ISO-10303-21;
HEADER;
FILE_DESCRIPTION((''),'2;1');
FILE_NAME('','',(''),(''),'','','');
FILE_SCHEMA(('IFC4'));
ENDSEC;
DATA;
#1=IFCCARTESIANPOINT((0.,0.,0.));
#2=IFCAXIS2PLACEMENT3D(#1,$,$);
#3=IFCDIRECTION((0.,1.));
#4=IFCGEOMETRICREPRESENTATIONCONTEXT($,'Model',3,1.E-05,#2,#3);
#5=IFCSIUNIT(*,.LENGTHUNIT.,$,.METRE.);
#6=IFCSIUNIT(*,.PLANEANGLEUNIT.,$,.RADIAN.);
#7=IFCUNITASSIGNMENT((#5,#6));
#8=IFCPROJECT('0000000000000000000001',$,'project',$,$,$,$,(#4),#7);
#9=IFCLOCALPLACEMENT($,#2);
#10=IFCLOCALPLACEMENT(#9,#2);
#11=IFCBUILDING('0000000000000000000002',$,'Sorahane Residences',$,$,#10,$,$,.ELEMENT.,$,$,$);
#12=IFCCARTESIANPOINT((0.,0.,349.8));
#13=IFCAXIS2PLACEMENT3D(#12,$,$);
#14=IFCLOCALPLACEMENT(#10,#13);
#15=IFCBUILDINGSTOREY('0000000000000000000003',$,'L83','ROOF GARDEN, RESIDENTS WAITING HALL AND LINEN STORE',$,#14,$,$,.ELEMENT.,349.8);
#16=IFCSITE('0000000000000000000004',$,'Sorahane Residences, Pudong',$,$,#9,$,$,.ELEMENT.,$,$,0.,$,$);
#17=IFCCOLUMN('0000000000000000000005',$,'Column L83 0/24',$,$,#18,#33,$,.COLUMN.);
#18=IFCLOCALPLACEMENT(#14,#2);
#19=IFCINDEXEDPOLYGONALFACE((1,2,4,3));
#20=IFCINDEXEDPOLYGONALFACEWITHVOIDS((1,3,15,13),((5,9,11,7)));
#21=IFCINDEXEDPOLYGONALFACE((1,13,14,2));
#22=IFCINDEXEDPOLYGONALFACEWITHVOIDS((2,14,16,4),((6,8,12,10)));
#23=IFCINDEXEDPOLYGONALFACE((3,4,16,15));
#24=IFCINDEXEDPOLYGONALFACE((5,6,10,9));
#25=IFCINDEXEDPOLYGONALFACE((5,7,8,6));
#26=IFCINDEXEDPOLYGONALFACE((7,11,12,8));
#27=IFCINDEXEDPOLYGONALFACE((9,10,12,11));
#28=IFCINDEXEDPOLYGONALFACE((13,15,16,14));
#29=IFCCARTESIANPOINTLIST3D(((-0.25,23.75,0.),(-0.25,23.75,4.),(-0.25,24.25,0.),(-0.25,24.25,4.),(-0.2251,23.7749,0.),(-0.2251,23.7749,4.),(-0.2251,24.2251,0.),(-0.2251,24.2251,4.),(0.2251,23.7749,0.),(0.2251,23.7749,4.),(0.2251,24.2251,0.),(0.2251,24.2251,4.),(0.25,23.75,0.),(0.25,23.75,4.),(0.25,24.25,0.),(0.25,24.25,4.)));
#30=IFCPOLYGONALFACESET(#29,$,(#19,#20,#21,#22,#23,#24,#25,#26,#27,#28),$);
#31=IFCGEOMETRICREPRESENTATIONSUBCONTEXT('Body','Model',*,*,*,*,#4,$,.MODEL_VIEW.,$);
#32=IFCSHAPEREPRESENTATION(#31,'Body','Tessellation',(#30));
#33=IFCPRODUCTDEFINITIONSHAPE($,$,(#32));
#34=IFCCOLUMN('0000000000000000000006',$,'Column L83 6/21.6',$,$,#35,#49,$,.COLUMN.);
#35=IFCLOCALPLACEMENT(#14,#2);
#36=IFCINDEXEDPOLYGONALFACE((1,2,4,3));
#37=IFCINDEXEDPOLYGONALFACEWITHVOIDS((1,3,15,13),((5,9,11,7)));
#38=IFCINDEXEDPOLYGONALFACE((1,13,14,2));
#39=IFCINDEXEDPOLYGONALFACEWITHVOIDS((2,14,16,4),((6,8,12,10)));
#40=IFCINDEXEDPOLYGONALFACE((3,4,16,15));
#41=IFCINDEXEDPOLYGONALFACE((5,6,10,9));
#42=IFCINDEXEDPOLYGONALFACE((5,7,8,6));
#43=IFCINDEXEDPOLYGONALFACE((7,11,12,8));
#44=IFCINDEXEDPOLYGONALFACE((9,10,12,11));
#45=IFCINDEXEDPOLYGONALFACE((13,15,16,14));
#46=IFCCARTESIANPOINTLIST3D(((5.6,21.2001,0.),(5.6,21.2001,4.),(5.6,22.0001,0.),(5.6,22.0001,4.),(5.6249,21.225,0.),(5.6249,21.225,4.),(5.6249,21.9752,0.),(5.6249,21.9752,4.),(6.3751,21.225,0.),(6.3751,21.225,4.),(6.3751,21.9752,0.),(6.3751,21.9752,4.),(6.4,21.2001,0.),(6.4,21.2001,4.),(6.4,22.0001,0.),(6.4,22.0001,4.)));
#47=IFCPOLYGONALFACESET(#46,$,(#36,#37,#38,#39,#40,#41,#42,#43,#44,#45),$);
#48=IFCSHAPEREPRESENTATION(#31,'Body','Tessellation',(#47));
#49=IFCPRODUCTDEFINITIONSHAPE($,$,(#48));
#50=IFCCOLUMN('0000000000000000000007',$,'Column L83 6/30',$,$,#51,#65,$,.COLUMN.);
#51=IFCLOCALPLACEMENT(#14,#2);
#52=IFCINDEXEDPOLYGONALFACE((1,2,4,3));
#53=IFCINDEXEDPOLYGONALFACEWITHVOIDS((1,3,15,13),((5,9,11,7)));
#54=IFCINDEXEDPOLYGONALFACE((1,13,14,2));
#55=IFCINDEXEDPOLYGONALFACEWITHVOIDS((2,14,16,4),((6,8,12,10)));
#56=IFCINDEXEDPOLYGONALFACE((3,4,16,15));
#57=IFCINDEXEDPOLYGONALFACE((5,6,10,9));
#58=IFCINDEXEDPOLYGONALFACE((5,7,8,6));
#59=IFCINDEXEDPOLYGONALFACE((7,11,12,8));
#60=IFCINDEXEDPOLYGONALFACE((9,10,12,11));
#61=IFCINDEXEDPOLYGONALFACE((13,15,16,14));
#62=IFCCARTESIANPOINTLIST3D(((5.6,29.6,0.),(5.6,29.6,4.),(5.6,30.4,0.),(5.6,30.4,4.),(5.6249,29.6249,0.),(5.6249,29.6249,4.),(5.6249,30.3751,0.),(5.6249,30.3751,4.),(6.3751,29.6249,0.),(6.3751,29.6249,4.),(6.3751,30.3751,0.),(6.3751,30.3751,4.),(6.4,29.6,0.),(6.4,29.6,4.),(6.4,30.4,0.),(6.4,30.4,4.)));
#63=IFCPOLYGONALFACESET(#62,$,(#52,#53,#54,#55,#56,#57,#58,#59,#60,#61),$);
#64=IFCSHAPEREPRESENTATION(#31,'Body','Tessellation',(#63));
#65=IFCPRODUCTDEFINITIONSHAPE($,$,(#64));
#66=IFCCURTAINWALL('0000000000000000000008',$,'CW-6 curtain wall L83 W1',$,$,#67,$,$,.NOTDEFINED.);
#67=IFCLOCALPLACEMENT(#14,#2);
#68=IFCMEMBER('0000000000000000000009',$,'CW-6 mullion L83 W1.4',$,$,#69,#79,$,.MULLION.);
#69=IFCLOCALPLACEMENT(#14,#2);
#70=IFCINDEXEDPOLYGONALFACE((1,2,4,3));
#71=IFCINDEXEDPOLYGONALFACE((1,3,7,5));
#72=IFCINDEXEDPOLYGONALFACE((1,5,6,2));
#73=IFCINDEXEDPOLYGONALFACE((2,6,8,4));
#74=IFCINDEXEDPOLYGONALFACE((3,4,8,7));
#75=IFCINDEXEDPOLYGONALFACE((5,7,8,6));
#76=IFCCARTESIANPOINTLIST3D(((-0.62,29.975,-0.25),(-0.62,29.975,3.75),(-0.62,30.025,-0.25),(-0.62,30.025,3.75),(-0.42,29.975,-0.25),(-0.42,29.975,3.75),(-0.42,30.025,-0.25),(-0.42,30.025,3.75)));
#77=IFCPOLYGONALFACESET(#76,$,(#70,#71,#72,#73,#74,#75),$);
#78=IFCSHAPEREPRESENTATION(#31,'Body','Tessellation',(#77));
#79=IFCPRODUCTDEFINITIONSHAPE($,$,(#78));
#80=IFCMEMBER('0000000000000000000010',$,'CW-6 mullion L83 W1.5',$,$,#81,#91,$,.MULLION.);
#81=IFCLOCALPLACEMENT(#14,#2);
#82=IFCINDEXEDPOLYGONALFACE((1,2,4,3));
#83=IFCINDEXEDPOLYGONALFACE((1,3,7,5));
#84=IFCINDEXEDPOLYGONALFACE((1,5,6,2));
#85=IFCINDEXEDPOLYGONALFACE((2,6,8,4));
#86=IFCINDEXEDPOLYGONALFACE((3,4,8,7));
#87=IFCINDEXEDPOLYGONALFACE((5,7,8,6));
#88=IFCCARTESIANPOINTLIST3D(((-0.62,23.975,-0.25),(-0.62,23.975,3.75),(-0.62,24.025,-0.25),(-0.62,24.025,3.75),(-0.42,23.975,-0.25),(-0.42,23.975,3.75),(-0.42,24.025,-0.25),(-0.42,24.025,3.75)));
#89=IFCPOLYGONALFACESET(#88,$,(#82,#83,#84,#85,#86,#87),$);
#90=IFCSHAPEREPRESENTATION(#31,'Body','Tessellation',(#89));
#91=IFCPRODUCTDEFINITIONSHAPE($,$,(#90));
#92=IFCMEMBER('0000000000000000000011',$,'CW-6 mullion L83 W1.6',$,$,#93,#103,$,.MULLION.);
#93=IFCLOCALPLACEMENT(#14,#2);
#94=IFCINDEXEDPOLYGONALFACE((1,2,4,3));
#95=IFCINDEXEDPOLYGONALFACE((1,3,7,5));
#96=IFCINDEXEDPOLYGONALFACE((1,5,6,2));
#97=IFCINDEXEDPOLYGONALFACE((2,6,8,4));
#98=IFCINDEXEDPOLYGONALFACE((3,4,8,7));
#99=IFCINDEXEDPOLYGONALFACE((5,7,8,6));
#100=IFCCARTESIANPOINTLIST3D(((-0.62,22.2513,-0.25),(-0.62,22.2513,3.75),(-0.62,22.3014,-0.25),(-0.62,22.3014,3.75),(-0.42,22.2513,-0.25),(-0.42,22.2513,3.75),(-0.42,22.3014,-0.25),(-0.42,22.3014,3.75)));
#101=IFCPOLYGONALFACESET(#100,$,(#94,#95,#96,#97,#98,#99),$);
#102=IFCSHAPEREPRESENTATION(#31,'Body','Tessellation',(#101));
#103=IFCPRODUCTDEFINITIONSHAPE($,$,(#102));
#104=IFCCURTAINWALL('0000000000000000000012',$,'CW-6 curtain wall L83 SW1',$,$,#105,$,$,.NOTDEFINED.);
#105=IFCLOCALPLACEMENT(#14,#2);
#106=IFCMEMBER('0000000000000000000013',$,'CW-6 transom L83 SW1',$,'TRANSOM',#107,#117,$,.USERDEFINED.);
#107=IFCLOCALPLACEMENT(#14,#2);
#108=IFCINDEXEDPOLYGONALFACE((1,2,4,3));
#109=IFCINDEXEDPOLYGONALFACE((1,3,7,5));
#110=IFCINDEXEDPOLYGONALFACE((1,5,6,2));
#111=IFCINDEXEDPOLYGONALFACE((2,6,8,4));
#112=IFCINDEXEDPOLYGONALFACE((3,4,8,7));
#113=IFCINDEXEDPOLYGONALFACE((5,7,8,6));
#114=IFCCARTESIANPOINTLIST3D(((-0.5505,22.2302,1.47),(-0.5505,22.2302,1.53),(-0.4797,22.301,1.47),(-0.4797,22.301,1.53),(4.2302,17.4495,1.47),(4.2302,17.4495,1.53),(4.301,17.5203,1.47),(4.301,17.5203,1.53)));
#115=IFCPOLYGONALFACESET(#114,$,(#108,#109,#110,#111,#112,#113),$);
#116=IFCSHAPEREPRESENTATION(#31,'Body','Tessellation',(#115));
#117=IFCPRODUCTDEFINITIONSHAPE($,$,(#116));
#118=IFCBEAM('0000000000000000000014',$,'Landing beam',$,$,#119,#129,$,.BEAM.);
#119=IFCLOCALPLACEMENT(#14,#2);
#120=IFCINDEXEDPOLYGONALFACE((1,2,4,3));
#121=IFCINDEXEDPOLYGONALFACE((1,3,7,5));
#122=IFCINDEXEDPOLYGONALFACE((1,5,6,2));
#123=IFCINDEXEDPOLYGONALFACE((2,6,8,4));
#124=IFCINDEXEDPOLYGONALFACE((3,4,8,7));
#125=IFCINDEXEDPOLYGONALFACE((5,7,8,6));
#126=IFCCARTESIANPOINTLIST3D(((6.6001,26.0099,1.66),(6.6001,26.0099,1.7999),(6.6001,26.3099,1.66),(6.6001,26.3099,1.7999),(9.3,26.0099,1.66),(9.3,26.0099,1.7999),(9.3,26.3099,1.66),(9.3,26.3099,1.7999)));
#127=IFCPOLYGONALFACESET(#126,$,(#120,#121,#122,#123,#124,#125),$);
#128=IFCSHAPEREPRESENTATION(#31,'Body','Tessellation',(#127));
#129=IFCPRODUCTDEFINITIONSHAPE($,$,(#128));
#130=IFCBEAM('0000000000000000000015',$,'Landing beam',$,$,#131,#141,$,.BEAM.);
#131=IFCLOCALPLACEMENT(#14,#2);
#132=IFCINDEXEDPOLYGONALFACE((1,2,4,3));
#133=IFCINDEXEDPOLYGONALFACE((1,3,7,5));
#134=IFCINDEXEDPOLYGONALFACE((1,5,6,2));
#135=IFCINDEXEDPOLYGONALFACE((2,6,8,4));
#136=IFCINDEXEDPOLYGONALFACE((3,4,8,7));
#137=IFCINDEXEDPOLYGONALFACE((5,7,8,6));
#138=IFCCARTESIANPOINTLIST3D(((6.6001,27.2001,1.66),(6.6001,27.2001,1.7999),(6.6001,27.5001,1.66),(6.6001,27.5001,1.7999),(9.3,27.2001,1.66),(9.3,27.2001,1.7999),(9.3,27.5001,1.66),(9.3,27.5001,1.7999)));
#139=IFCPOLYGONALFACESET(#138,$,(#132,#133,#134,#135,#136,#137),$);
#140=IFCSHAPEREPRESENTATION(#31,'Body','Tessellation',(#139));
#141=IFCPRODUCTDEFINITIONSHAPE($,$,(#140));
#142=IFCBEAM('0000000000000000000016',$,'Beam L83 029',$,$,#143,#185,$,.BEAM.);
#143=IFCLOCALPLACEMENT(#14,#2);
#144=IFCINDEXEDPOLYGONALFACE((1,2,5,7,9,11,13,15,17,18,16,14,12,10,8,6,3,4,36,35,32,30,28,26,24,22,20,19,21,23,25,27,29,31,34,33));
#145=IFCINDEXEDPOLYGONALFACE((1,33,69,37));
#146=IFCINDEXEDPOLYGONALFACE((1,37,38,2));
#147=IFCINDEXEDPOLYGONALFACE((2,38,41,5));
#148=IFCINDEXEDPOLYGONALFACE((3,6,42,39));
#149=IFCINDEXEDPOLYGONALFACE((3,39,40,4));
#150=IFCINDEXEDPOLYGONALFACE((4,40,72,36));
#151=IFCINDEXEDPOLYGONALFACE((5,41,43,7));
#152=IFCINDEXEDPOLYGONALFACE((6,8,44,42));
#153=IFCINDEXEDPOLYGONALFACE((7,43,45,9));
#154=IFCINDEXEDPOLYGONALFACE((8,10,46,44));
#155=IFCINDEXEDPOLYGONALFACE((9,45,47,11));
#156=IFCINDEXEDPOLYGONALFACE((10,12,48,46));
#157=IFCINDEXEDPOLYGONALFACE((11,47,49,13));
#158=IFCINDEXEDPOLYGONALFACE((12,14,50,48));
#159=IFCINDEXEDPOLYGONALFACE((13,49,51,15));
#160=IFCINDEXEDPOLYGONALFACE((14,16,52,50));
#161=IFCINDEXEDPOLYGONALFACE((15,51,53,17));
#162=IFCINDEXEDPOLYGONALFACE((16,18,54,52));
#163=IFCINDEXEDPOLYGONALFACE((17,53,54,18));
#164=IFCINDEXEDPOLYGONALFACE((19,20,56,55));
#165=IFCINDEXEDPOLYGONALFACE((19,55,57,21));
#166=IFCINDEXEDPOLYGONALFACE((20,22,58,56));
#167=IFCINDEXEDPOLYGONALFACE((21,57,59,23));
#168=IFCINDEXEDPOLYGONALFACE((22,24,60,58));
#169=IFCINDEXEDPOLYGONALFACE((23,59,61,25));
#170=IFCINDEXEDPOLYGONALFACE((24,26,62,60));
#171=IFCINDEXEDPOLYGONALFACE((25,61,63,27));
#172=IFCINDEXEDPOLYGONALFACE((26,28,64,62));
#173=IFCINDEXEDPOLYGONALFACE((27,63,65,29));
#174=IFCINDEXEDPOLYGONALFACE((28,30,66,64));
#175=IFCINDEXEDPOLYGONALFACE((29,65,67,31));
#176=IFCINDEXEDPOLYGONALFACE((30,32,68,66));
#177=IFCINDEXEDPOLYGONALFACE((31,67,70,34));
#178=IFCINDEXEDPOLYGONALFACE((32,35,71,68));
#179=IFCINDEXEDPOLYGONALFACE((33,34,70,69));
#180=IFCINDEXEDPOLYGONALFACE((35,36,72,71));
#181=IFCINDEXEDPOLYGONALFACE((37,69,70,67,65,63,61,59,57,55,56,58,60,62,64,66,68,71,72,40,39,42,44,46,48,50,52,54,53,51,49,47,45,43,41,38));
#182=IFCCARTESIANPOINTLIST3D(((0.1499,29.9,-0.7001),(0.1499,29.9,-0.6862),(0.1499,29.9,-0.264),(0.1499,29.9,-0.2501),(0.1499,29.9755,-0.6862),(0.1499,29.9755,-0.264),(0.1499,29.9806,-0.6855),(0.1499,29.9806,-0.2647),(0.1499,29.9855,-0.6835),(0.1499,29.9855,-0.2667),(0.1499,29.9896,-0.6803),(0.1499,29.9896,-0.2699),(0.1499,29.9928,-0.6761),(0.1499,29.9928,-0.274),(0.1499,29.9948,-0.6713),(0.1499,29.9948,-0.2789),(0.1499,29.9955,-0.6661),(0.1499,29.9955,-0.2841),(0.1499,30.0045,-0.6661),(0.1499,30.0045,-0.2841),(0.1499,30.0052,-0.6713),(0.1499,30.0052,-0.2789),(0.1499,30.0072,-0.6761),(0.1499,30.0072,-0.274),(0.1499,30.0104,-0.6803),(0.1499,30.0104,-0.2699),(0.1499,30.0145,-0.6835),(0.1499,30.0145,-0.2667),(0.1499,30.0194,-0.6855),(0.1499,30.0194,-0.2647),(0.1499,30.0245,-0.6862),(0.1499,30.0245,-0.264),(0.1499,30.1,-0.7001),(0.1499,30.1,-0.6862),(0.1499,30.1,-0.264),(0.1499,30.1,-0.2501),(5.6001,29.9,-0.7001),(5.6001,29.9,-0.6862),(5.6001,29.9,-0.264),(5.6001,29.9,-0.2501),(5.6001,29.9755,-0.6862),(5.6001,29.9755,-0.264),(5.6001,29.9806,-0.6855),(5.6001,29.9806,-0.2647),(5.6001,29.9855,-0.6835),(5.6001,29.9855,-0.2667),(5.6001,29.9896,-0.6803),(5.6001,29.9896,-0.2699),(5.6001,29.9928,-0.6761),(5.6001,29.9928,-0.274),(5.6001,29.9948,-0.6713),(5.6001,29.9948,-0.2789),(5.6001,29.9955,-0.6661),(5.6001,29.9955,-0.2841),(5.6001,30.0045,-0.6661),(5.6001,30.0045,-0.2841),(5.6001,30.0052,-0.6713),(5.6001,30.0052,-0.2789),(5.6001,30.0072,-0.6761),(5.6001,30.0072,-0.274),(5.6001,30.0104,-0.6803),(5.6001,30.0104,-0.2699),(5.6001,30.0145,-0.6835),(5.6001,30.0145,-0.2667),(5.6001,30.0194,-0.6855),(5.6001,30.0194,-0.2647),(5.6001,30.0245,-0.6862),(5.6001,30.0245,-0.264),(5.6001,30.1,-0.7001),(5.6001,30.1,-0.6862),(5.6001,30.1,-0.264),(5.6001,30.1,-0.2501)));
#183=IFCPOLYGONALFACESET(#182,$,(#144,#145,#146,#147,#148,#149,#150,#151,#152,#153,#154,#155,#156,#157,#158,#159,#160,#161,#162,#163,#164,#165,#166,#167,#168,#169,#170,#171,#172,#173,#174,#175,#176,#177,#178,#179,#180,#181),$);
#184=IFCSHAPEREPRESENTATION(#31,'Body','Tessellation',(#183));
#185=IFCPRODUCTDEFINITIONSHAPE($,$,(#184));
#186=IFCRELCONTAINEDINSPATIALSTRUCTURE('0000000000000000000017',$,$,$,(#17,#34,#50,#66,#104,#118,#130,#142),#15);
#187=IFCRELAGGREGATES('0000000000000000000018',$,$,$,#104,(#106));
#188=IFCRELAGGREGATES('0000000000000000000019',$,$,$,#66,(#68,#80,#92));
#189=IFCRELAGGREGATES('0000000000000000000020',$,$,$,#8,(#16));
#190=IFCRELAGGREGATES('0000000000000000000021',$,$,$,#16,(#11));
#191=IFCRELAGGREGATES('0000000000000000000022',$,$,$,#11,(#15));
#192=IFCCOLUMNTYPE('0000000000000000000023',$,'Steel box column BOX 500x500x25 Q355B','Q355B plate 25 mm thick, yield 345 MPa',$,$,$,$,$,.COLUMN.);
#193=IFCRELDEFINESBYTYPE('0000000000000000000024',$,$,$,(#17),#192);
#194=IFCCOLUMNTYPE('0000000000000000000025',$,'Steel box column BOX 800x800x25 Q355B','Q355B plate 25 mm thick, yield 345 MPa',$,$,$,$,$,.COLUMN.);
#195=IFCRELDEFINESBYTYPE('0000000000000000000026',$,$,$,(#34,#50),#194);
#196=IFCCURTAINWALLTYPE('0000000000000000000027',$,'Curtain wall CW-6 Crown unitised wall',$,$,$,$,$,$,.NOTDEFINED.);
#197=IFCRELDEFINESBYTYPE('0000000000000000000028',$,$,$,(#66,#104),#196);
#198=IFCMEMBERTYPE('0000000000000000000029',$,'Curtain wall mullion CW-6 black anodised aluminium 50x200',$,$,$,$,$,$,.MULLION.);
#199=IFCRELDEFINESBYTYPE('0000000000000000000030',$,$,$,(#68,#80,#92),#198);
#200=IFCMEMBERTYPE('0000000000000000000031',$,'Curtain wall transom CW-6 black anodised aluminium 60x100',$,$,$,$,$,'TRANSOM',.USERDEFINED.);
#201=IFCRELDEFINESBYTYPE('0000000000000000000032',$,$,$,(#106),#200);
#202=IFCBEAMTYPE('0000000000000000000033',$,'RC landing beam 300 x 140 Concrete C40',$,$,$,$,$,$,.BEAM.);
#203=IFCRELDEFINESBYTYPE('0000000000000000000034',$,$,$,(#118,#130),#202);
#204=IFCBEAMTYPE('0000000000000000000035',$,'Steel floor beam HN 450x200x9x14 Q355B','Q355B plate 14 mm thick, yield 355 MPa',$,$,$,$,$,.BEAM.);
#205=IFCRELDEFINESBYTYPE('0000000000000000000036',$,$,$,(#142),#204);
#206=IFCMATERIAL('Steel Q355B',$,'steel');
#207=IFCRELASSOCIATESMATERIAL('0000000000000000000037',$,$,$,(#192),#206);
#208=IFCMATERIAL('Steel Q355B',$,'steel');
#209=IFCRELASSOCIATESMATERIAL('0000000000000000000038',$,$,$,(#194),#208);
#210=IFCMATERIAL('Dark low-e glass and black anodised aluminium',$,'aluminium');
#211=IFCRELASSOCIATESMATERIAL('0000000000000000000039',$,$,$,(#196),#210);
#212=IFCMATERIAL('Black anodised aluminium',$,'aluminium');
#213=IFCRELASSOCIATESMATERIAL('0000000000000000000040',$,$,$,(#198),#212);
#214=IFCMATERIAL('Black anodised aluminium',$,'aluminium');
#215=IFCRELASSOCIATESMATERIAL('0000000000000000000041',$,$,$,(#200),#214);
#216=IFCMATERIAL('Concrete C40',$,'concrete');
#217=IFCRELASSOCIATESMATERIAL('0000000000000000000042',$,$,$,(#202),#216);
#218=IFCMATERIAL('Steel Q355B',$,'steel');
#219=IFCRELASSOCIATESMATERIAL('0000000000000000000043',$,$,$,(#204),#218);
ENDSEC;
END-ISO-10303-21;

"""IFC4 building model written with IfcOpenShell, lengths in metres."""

from ifc_helpers import new_model, si_unit, direction, frame, origin, origin_2d, place, context, subcontext, project, spatial, rectangle, hollow_rectangle, i_section, extrude, material, material_profile, profile_set, type_object, element, aggregate, save


model = new_model("IFC4")

# Units and contexts
model_context = context("Model", 3, precision=1e-05, world=origin(), true_north=direction((0.0, 1.0)))
body_context = subcontext(model_context, "Body", "Model", "MODEL_VIEW")
ifc_project = project(units=[si_unit("LENGTHUNIT", "METRE"), si_unit("PLANEANGLEUNIT", "RADIAN")], contexts=[model_context])

# Site, building, storey
site_placement = place(None, origin())
site = spatial("IfcSite", under=ifc_project, at=site_placement, Name="Sorahane Residences, Pudong", CompositionType="ELEMENT", RefElevation=0.0)
building_placement = place(site_placement, origin())
building = spatial("IfcBuilding", under=site, at=building_placement, Name="Sorahane Residences", CompositionType="ELEMENT")
storey_placement = place(building_placement, frame((0.0, 0.0, 349.8)))
storey = spatial("IfcBuildingStorey", under=building, at=storey_placement, Name="L83", Description="ROOF GARDEN, RESIDENTS WAITING HALL AND LINEN STORE", CompositionType="ELEMENT", Elevation=349.8)

# Columns
ifc_material_1 = material(Name="Steel Q355B", Category="steel")
ifc_material_profile_1 = material_profile(ifc_material_1, hollow_rectangle(XDim=0.5, YDim=0.5, WallThickness=0.0249, at=origin_2d()), Name="BOX 500x500x25")
ifc_profile_set_1 = profile_set([ifc_material_profile_1], Name="Steel Q355B")
column_type_1 = type_object("IfcColumnType", Name="Steel box column BOX 500x500x25 Q355B", Description="Q355B plate 25 mm thick, yield 345 MPa", PredefinedType="COLUMN", material=ifc_profile_set_1)
column_placement = place(storey_placement, frame((0.0, 24.0, 0.0), z_axis=(0.0, 0.0, 1.0), x_axis=(1.0, 0.0, 0.0)))
element("IfcColumn", 1, at=column_placement, inside=storey, type_object=column_type_1, Name="Column L83 0/24", PredefinedType="COLUMN", context=body_context, shape_type="SweptSolid", body=[
    extrude(hollow_rectangle(XDim=0.5, YDim=0.5, WallThickness=0.0249, at=origin_2d()), origin(), (0.0, 0.0, 1.0), 4.0),
])
ifc_material_2 = material(Name="Steel Q355B", Category="steel")
ifc_material_profile_2 = material_profile(ifc_material_2, hollow_rectangle(XDim=0.8, YDim=0.8, WallThickness=0.0249, at=origin_2d()), Name="BOX 800x800x25")
ifc_profile_set_2 = profile_set([ifc_material_profile_2], Name="Steel Q355B")
column_type_2 = type_object("IfcColumnType", Name="Steel box column BOX 800x800x25 Q355B", Description="Q355B plate 25 mm thick, yield 345 MPa", PredefinedType="COLUMN", material=ifc_profile_set_2)
for number, where, z_axis, x_axis, name in (
    (2, (6.0, 21.6001, 0.0), (0.0, 0.0, 1.0), (1.0, 0.0, 0.0), "Column L83 6/21.6"),
    (3, (6.0, 30.0, 0.0), (0.0, 0.0, 1.0), (1.0, 0.0, 0.0), "Column L83 6/30"),
):
    element("IfcColumn", number, at=place(storey_placement, frame(where, z_axis=z_axis, x_axis=x_axis)), inside=storey, type_object=column_type_2, Name=name, PredefinedType="COLUMN", context=body_context, shape_type="SweptSolid", body=[
        extrude(hollow_rectangle(XDim=0.8, YDim=0.8, WallThickness=0.0249, at=origin_2d()), origin(), (0.0, 0.0, 1.0), 4.0),
    ])

# Curtain wall, members
ifc_material_3 = material(Name="Dark low-e glass and black anodised aluminium", Category="aluminium")
curtain_wall_type = type_object("IfcCurtainWallType", Name="Curtain wall CW-6 Crown unitised wall", PredefinedType="NOTDEFINED", material=ifc_material_3)
curtain_wall_1_placement = place(storey_placement, origin())
curtain_wall_1 = element("IfcCurtainWall", 4, at=curtain_wall_1_placement, inside=storey, type_object=curtain_wall_type, Name="CW-6 curtain wall L83 W1", PredefinedType="NOTDEFINED")
ifc_material_4 = material(Name="Black anodised aluminium", Category="aluminium")
ifc_material_profile_3 = material_profile(ifc_material_4, rectangle(XDim=0.2, YDim=0.05, at=origin_2d()), Name="Curtain wall mullion CW-6 black anodised aluminium 50x200")
ifc_profile_set_3 = profile_set([ifc_material_profile_3], Name="Black anodised aluminium")
member_type_1 = type_object("IfcMemberType", Name="Curtain wall mullion CW-6 black anodised aluminium 50x200", PredefinedType="MULLION", material=ifc_profile_set_3)
member_1_placement = place(storey_placement, frame((-0.52, 30.0, -0.25), z_axis=(0.0, 0.0, 1.0), x_axis=(-1.0, 0.0, 0.0)))
member_1 = element("IfcMember", 5, at=member_1_placement, type_object=member_type_1, Name="CW-6 mullion L83 W1.4", PredefinedType="MULLION", context=body_context, shape_type="SweptSolid", body=[
    extrude(rectangle(XDim=0.2, YDim=0.05, at=origin_2d()), origin(), (0.0, 0.0, 1.0), 4.0),
])
member_2_placement = place(storey_placement, frame((-0.52, 24.0, -0.25), z_axis=(0.0, 0.0, 1.0), x_axis=(-1.0, 0.0, 0.0)))
member_2 = element("IfcMember", 6, at=member_2_placement, type_object=member_type_1, Name="CW-6 mullion L83 W1.5", PredefinedType="MULLION", context=body_context, shape_type="SweptSolid", body=[
    extrude(rectangle(XDim=0.2, YDim=0.05, at=origin_2d()), origin(), (0.0, 0.0, 1.0), 4.0),
])
member_3_placement = place(storey_placement, frame((-0.52, 22.2764, -0.25), z_axis=(0.0, 0.0, 1.0), x_axis=(-1.0, 0.0, 0.0)))
member_3 = element("IfcMember", 7, at=member_3_placement, type_object=member_type_1, Name="CW-6 mullion L83 W1.6", PredefinedType="MULLION", context=body_context, shape_type="SweptSolid", body=[
    extrude(rectangle(XDim=0.2, YDim=0.05, at=origin_2d()), origin(), (0.0, 0.0, 1.0), 4.0),
])

# Curtain wall, member
curtain_wall_2_placement = place(storey_placement, origin())
curtain_wall_2 = element("IfcCurtainWall", 8, at=curtain_wall_2_placement, inside=storey, type_object=curtain_wall_type, Name="CW-6 curtain wall L83 SW1", PredefinedType="NOTDEFINED")
ifc_material_5 = material(Name="Black anodised aluminium", Category="aluminium")
ifc_material_profile_4 = material_profile(ifc_material_5, rectangle(XDim=0.1001, YDim=0.0601, at=origin_2d()), Name="Curtain wall transom CW-6 black anodised aluminium 60x100")
ifc_profile_set_4 = profile_set([ifc_material_profile_4], Name="Black anodised aluminium")
member_type_2 = type_object("IfcMemberType", Name="Curtain wall transom CW-6 black anodised aluminium 60x100", ElementType="TRANSOM", PredefinedType="USERDEFINED", material=ifc_profile_set_4)
member_4_placement = place(storey_placement, frame((-0.5151, 22.2656, 1.5), z_axis=(0.707107, -0.707107, 0.0), x_axis=(0.707107, 0.707107, 0.0)))
member_4 = element("IfcMember", 9, at=member_4_placement, type_object=member_type_2, Name="CW-6 transom L83 SW1", ObjectType="TRANSOM", PredefinedType="USERDEFINED", context=body_context, shape_type="SweptSolid", body=[
    extrude(rectangle(XDim=0.1001, YDim=0.0601, at=origin_2d()), origin(), (0.0, 0.0, 1.0), 6.761),
])
aggregate(curtain_wall_2, [member_4])

# Beams
ifc_material_6 = material(Name="Concrete C40", Category="concrete")
ifc_material_profile_5 = material_profile(ifc_material_6, rectangle(XDim=0.3, YDim=0.1399, at=origin_2d()), Name="300x140")
ifc_profile_set_5 = profile_set([ifc_material_profile_5], Name="Concrete C40")
beam_type_1 = type_object("IfcBeamType", Name="RC landing beam 300 x 140 Concrete C40", PredefinedType="BEAM", material=ifc_profile_set_5)
for number, where, z_axis, x_axis, name in (
    (10, (6.6001, 26.1599, 1.73), (1.0, 0.0, 0.0), (0.0, 1.0, 0.0), "Landing beam"),
    (11, (6.6001, 27.3501, 1.73), (1.0, 0.0, 0.0), (0.0, 1.0, 0.0), "Landing beam"),
):
    element("IfcBeam", number, at=place(storey_placement, frame(where, z_axis=z_axis, x_axis=x_axis)), inside=storey, type_object=beam_type_1, Name=name, PredefinedType="BEAM", context=body_context, shape_type="SweptSolid", body=[
        extrude(rectangle(XDim=0.3, YDim=0.1399, at=origin_2d()), origin(), (0.0, 0.0, 1.0), 2.7),
    ])
ifc_material_7 = material(Name="Steel Q355B", Category="steel")
ifc_material_profile_6 = material_profile(ifc_material_7, i_section(OverallWidth=0.2, OverallDepth=0.45, WebThickness=0.009, FlangeThickness=0.0139, FilletRadius=0.02, at=origin_2d()), Name="HN 450x200x9x14")
ifc_profile_set_6 = profile_set([ifc_material_profile_6], Name="Steel Q355B")
beam_type_2 = type_object("IfcBeamType", Name="Steel floor beam HN 450x200x9x14 Q355B", Description="Q355B plate 14 mm thick, yield 355 MPa", PredefinedType="BEAM", material=ifc_profile_set_6)
beam_1_placement = place(storey_placement, frame((0.1499, 30.0, -0.4751), z_axis=(1.0, 0.0, 0.0), x_axis=(0.0, 1.0, 0.0)))
element("IfcBeam", 12, at=beam_1_placement, inside=storey, type_object=beam_type_2, Name="Beam L83 029", PredefinedType="BEAM", context=body_context, shape_type="SweptSolid", body=[
    extrude(i_section(OverallWidth=0.2, OverallDepth=0.45, WebThickness=0.009, FlangeThickness=0.0139, FilletRadius=0.02, at=origin_2d()), origin(), (0.0, 0.0, 1.0), 5.4502),
])

aggregate(curtain_wall_1, [member_1, member_2, member_3])

save(model, "model.ifc")
